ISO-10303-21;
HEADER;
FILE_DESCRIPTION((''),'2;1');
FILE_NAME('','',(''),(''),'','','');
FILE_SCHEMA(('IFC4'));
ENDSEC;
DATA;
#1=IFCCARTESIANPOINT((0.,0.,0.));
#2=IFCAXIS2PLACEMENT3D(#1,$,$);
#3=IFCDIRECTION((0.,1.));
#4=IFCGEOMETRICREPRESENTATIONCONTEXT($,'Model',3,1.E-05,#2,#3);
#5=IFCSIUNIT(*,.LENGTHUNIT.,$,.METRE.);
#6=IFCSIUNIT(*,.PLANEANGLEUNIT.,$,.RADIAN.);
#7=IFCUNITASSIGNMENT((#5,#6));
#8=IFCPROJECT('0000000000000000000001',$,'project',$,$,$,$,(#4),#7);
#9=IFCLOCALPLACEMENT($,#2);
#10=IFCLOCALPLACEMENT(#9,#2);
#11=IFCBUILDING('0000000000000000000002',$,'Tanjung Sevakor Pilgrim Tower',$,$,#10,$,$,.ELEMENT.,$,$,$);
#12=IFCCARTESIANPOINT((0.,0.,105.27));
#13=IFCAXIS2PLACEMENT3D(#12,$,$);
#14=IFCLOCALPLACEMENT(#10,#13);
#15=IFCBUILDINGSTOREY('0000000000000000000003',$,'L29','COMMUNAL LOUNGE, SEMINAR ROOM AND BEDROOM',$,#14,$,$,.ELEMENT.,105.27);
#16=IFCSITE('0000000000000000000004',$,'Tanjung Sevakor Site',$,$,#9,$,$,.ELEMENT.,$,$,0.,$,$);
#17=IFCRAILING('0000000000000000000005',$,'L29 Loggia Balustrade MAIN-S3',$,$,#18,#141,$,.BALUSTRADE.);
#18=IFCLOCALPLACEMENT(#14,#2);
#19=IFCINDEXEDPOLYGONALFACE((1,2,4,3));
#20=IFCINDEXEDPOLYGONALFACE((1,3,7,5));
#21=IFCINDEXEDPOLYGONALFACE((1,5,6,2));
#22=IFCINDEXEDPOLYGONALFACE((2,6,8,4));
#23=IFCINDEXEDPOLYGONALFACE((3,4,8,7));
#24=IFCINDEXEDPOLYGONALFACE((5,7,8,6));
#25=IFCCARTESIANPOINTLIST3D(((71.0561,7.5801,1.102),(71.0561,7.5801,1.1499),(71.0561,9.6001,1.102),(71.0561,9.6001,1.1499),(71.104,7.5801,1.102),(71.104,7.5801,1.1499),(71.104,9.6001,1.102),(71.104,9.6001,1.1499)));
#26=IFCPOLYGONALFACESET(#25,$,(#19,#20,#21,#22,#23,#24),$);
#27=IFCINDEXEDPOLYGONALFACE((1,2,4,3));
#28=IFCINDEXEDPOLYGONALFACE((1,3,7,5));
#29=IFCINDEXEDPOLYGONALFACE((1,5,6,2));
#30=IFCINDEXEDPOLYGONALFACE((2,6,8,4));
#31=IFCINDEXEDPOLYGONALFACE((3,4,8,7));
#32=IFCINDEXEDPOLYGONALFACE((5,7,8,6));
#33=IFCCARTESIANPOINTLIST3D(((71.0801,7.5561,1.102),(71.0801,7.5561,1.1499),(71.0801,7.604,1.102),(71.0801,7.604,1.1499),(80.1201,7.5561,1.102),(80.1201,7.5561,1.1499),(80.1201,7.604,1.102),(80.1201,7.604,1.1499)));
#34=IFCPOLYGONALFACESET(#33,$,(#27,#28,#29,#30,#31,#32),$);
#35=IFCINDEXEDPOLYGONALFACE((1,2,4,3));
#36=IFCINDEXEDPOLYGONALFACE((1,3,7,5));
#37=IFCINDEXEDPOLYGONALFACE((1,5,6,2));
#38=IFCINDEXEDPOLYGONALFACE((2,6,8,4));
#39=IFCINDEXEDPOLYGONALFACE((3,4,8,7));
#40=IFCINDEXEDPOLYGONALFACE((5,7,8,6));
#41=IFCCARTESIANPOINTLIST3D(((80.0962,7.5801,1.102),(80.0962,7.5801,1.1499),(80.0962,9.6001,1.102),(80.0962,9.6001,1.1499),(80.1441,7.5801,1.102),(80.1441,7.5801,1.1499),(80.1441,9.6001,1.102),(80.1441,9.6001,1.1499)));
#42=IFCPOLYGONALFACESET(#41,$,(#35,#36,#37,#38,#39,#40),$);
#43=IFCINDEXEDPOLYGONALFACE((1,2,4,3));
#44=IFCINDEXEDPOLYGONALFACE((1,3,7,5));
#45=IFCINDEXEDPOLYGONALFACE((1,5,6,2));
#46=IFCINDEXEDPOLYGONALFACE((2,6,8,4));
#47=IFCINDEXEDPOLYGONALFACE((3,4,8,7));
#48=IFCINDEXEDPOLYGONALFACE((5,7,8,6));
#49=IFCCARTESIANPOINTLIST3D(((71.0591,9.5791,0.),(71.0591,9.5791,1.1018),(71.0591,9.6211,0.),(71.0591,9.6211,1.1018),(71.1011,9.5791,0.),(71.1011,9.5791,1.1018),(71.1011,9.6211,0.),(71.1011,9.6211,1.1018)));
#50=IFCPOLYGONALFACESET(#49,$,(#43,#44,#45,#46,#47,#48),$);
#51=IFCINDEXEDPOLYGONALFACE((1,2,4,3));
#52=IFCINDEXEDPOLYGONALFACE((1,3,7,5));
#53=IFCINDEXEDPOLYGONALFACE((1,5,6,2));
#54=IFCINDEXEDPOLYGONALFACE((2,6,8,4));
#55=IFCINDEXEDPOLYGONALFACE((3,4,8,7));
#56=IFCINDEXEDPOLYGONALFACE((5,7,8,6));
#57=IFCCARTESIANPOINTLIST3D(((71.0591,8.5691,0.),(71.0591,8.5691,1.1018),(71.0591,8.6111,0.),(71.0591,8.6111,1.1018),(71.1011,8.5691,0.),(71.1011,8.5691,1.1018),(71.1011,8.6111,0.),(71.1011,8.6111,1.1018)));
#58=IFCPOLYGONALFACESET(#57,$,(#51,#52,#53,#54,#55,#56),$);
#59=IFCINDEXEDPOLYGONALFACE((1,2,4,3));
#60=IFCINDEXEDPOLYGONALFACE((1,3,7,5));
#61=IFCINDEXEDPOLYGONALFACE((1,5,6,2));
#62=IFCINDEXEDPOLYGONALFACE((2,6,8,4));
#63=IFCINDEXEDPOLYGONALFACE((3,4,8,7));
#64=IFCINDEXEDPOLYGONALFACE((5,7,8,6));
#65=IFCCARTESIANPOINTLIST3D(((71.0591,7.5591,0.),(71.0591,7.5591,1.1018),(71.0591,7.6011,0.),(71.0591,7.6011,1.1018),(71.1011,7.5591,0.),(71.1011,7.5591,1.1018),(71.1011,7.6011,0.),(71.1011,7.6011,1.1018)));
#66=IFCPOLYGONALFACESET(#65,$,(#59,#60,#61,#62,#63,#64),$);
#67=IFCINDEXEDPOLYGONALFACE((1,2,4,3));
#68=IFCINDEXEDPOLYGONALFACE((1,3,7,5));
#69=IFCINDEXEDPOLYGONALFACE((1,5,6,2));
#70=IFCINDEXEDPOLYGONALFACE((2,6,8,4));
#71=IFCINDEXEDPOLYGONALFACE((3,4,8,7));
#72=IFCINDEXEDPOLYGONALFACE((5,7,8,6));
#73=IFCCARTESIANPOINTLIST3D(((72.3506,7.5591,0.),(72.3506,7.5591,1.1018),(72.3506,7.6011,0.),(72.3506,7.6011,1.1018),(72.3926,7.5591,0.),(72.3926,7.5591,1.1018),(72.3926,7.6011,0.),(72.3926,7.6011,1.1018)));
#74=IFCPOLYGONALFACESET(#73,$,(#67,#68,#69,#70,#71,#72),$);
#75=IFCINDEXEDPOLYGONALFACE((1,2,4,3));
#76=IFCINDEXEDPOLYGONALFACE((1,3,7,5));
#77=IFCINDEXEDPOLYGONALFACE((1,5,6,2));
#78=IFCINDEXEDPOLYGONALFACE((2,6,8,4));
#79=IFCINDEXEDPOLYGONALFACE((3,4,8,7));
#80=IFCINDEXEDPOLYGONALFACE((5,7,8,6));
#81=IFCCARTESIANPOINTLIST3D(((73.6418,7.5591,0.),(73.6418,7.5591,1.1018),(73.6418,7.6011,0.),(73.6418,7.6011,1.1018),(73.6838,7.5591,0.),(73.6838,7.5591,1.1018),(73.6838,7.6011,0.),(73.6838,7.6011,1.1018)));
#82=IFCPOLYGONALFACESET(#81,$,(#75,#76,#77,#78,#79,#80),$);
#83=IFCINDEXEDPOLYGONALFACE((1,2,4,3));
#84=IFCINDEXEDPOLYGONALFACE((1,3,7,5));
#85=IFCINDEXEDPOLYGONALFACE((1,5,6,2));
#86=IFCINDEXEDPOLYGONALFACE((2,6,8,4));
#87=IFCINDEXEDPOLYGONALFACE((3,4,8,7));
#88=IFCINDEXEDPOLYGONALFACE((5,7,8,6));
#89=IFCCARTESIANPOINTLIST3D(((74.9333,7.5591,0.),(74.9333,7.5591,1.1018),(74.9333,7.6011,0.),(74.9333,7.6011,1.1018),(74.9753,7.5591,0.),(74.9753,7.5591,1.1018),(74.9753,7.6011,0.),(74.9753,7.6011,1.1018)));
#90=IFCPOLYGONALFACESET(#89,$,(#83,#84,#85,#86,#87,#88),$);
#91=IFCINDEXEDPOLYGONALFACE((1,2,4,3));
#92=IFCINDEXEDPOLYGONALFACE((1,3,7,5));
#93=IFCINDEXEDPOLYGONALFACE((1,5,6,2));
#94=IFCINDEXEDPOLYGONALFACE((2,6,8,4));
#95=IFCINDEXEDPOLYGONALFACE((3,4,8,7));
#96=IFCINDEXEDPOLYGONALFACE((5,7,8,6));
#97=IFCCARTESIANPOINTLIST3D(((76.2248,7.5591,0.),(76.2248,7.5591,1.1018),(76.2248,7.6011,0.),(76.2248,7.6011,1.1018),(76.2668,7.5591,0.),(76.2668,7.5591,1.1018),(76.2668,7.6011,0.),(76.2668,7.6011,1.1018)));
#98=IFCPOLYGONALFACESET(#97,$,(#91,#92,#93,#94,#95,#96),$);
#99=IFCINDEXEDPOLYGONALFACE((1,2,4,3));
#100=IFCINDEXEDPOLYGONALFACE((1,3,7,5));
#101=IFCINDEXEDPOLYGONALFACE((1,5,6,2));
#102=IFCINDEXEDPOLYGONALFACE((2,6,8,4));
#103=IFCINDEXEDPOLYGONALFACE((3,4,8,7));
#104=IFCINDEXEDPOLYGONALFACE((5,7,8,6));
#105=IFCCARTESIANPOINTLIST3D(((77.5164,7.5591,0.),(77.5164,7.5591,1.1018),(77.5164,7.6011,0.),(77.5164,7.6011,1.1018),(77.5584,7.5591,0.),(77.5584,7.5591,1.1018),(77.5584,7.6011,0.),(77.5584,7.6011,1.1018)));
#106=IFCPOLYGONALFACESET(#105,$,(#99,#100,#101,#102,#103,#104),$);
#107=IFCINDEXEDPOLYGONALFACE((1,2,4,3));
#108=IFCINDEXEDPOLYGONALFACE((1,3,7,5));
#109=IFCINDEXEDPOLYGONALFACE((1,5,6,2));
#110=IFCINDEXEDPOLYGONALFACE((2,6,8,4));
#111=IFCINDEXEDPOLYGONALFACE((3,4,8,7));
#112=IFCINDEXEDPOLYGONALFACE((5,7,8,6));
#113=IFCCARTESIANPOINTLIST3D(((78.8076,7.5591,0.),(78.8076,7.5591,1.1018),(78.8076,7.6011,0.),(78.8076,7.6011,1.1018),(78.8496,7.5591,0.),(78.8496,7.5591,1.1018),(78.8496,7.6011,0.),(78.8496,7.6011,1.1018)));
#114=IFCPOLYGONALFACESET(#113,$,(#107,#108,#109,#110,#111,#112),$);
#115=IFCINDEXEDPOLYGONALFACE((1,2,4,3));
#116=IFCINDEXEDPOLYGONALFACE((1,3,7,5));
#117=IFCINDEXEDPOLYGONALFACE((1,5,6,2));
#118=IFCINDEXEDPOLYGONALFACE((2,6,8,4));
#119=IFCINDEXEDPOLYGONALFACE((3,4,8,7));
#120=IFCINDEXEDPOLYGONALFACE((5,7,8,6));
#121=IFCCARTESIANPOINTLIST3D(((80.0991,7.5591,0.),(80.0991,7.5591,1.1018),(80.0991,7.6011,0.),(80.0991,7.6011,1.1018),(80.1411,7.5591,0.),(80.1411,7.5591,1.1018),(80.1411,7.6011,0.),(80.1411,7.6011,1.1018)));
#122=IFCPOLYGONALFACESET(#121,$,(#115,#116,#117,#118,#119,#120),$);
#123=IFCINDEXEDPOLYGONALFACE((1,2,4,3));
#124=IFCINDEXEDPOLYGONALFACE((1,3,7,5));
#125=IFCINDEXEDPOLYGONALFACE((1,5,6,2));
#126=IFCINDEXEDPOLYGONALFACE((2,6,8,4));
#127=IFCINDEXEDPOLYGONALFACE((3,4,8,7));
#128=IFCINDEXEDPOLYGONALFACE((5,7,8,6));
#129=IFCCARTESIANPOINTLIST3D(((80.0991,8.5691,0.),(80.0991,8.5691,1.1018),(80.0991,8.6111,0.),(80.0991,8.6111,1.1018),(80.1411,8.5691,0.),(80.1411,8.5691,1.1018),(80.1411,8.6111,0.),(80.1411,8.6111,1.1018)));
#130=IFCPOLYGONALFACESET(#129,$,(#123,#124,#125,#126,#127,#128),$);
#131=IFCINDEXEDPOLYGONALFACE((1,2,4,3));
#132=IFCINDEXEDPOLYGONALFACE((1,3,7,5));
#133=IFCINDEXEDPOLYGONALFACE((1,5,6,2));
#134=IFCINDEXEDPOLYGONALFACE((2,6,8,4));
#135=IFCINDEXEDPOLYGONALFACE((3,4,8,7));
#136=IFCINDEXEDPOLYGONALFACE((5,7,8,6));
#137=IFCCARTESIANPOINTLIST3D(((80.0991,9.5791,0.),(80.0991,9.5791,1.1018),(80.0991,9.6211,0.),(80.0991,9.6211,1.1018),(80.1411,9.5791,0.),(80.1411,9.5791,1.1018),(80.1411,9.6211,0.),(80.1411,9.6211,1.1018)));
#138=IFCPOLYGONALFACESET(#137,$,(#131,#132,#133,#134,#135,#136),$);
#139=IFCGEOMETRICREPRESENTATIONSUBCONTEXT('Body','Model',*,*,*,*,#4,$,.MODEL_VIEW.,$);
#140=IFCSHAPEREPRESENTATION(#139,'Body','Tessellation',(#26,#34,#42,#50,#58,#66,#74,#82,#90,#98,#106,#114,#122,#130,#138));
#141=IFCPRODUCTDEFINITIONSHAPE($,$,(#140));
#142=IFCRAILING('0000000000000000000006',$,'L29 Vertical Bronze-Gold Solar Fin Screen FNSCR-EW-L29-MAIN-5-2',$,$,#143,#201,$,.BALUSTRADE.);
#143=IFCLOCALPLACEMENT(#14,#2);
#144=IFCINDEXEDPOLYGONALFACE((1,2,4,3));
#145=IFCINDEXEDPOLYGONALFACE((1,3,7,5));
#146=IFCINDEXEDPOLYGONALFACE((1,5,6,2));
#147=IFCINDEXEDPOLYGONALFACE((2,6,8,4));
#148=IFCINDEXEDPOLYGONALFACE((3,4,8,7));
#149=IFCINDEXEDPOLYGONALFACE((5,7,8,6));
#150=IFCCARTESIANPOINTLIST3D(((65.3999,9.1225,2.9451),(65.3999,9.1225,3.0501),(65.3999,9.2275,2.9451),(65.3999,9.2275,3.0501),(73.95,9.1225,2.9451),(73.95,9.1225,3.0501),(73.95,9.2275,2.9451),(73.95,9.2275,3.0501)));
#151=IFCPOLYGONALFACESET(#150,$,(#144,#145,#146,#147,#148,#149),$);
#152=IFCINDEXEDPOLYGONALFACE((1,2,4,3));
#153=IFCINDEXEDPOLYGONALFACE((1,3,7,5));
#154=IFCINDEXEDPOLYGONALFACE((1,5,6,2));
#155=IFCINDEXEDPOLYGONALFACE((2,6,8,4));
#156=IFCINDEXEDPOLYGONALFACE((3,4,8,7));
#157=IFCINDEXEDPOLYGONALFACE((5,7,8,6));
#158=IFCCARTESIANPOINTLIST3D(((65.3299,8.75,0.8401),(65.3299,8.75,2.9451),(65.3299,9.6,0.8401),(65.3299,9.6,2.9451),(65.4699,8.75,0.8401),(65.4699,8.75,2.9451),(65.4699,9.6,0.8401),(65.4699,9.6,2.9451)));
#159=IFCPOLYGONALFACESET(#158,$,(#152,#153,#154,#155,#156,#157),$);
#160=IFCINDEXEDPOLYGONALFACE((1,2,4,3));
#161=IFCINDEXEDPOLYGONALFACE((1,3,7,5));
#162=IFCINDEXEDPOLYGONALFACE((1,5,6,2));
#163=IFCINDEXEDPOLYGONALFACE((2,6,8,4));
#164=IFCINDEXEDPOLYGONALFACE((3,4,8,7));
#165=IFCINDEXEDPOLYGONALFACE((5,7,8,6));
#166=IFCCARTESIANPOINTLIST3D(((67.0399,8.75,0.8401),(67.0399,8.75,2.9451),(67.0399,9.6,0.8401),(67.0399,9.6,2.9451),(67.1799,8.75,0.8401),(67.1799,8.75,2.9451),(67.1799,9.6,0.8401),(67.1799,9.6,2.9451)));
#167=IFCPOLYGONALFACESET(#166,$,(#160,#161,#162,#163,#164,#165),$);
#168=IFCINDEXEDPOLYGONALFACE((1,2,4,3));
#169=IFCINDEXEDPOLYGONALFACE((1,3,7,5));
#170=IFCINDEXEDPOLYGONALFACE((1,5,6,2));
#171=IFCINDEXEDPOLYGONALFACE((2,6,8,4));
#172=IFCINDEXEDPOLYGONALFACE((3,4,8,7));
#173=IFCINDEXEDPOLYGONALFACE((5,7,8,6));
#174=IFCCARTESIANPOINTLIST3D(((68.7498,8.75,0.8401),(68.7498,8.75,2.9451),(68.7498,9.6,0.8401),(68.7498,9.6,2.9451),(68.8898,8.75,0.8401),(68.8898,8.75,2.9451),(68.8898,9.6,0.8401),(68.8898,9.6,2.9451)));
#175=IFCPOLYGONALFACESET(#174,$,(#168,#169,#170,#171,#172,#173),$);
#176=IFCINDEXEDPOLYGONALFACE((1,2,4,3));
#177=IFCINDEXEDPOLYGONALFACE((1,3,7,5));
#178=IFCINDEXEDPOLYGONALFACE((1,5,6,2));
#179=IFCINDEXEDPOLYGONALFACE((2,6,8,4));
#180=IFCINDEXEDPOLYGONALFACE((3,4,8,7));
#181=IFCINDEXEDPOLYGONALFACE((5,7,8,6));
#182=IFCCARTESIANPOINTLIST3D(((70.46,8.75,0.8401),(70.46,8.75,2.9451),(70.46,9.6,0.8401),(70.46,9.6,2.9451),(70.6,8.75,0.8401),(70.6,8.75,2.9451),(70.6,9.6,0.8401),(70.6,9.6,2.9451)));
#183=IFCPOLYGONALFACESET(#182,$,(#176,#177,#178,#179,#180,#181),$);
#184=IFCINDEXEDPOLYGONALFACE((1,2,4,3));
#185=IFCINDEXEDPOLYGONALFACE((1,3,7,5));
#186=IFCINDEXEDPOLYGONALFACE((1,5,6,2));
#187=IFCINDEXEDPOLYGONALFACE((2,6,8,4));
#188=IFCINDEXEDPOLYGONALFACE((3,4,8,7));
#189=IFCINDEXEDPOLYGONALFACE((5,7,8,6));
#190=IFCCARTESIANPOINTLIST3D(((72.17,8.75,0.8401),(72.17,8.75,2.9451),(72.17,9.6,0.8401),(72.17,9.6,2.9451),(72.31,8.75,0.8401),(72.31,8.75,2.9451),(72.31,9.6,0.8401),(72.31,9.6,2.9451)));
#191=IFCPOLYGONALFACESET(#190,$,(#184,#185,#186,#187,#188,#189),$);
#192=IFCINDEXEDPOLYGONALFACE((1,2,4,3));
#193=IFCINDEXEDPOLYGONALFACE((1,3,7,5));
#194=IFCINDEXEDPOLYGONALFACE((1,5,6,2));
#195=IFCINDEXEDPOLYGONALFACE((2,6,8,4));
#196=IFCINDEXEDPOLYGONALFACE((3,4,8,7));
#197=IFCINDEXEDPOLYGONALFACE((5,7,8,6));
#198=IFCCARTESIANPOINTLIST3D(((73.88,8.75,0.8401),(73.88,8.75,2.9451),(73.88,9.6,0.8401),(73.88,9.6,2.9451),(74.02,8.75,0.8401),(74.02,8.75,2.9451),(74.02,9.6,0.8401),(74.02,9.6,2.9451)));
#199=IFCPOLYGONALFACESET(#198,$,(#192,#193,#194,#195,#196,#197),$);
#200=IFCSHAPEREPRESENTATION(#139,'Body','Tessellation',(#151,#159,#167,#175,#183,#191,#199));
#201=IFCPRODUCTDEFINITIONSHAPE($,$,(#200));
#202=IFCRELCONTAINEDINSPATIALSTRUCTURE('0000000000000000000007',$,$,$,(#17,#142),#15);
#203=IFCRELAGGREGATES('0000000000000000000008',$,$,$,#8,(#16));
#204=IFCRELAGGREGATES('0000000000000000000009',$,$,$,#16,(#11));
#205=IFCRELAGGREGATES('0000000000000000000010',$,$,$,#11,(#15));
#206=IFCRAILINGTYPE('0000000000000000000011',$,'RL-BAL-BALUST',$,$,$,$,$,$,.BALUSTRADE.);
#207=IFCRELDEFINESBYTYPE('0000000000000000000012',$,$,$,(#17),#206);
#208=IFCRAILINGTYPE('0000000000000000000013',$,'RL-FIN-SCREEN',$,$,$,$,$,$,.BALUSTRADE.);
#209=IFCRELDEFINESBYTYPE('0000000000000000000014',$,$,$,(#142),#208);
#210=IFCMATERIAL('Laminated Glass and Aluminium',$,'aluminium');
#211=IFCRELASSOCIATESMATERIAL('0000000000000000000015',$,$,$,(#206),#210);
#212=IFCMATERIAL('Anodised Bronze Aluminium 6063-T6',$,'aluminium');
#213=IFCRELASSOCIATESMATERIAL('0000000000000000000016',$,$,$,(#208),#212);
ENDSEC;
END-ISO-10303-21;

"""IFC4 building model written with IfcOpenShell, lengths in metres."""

from ifc_helpers import new_model, si_unit, direction, frame, origin, place, context, subcontext, project, spatial, rectangle, extrude, material, type_object, element, save


model = new_model("IFC4")

# Units and contexts
model_context = context("Model", 3, precision=1e-05, world=origin(), true_north=direction((0.0, 1.0)))
body_context = subcontext(model_context, "Body", "Model", "MODEL_VIEW")
ifc_project = project(units=[si_unit("LENGTHUNIT", "METRE"), si_unit("PLANEANGLEUNIT", "RADIAN")], contexts=[model_context])

# Site, building, storey
site_placement = place(None, origin())
site = spatial("IfcSite", under=ifc_project, at=site_placement, Name="Tanjung Sevakor Site", CompositionType="ELEMENT", RefElevation=0.0)
building_placement = place(site_placement, origin())
building = spatial("IfcBuilding", under=site, at=building_placement, Name="Tanjung Sevakor Pilgrim Tower", CompositionType="ELEMENT")
storey_placement = place(building_placement, frame((0.0, 0.0, 105.27)))
storey = spatial("IfcBuildingStorey", under=building, at=storey_placement, Name="L29", Description="COMMUNAL LOUNGE, SEMINAR ROOM AND BEDROOM", CompositionType="ELEMENT", Elevation=105.27)

# Railings
ifc_material_1 = material(Name="Laminated Glass and Aluminium", Category="aluminium")
railing_type_1 = type_object("IfcRailingType", Name="RL-BAL-BALUST", PredefinedType="BALUSTRADE", material=ifc_material_1)
railing_1_placement = place(storey_placement, frame((71.0801, 9.6001, 0.0)))
element("IfcRailing", 1, at=railing_1_placement, inside=storey, type_object=railing_type_1, Name="L29 Loggia Balustrade MAIN-S3", PredefinedType="BALUSTRADE", context=body_context, shape_type="SweptSolid", body=[
    extrude(rectangle(XDim=0.0479, YDim=0.0479), frame((0.0, 0.0, 1.126), z_axis=(0.0, -1.0, 0.0), x_axis=(1.0, 0.0, 0.0)), (0.0, 0.0, 1.0), 2.02),
    extrude(rectangle(XDim=0.0479, YDim=0.0479), frame((0.0, -2.02, 1.126), z_axis=(1.0, 0.0, 0.0), x_axis=(0.0, 1.0, 0.0)), (0.0, 0.0, 1.0), 9.04),
    extrude(rectangle(XDim=0.0479, YDim=0.0479), frame((9.04, -2.02, 1.126), z_axis=(0.0, 1.0, 0.0), x_axis=(-1.0, 0.0, 0.0)), (0.0, 0.0, 1.0), 2.02),
    extrude(rectangle(XDim=0.042, YDim=0.042), origin(), (0.0, 0.0, 1.0), 1.1018),
    extrude(rectangle(XDim=0.042, YDim=0.042), frame((0.0, -1.01, 0.0)), (0.0, 0.0, 1.0), 1.1018),
    extrude(rectangle(XDim=0.042, YDim=0.042), frame((0.0, -2.02, 0.0)), (0.0, 0.0, 1.0), 1.1018),
    extrude(rectangle(XDim=0.042, YDim=0.042), frame((1.2915, -2.02, 0.0)), (0.0, 0.0, 1.0), 1.1018),
    extrude(rectangle(XDim=0.042, YDim=0.042), frame((2.5828, -2.02, 0.0)), (0.0, 0.0, 1.0), 1.1018),
    extrude(rectangle(XDim=0.042, YDim=0.042), frame((3.8743, -2.02, 0.0)), (0.0, 0.0, 1.0), 1.1018),
    extrude(rectangle(XDim=0.042, YDim=0.042), frame((5.1658, -2.02, 0.0)), (0.0, 0.0, 1.0), 1.1018),
    extrude(rectangle(XDim=0.042, YDim=0.042), frame((6.4573, -2.02, 0.0)), (0.0, 0.0, 1.0), 1.1018),
    extrude(rectangle(XDim=0.042, YDim=0.042), frame((7.7485, -2.02, 0.0)), (0.0, 0.0, 1.0), 1.1018),
    extrude(rectangle(XDim=0.042, YDim=0.042), frame((9.04, -2.02, 0.0)), (0.0, 0.0, 1.0), 1.1018),
    extrude(rectangle(XDim=0.042, YDim=0.042), frame((9.04, -1.01, 0.0)), (0.0, 0.0, 1.0), 1.1018),
    extrude(rectangle(XDim=0.042, YDim=0.042), frame((9.04, 0.0, 0.0)), (0.0, 0.0, 1.0), 1.1018),
])
ifc_material_2 = material(Name="Anodised Bronze Aluminium 6063-T6", Category="aluminium")
railing_type_2 = type_object("IfcRailingType", Name="RL-FIN-SCREEN", PredefinedType="BALUSTRADE", material=ifc_material_2)
railing_2_placement = place(storey_placement, frame((65.3999, 9.175, 0.8401)))
element("IfcRailing", 2, at=railing_2_placement, inside=storey, type_object=railing_type_2, Name="L29 Vertical Bronze-Gold Solar Fin Screen FNSCR-EW-L29-MAIN-5-2", PredefinedType="BALUSTRADE", context=body_context, shape_type="SweptSolid", body=[
    extrude(rectangle(XDim=0.105, YDim=0.105), frame((0.0, 0.0, 2.1575), z_axis=(1.0, 0.0, 0.0), x_axis=(0.0, 1.0, 0.0)), (0.0, 0.0, 1.0), 8.55),
    extrude(rectangle(XDim=0.14, YDim=0.85), origin(), (0.0, 0.0, 1.0), 2.105),
    extrude(rectangle(XDim=0.14, YDim=0.85), frame((1.71, 0.0, 0.0)), (0.0, 0.0, 1.0), 2.105),
    extrude(rectangle(XDim=0.14, YDim=0.85), frame((3.4199, 0.0, 0.0)), (0.0, 0.0, 1.0), 2.105),
    extrude(rectangle(XDim=0.14, YDim=0.85), frame((5.1301, 0.0, 0.0)), (0.0, 0.0, 1.0), 2.105),
    extrude(rectangle(XDim=0.14, YDim=0.85), frame((6.8401, 0.0, 0.0)), (0.0, 0.0, 1.0), 2.105),
    extrude(rectangle(XDim=0.14, YDim=0.85), frame((8.55, 0.0, 0.0)), (0.0, 0.0, 1.0), 2.105),
])

save(model, "model.ifc")
